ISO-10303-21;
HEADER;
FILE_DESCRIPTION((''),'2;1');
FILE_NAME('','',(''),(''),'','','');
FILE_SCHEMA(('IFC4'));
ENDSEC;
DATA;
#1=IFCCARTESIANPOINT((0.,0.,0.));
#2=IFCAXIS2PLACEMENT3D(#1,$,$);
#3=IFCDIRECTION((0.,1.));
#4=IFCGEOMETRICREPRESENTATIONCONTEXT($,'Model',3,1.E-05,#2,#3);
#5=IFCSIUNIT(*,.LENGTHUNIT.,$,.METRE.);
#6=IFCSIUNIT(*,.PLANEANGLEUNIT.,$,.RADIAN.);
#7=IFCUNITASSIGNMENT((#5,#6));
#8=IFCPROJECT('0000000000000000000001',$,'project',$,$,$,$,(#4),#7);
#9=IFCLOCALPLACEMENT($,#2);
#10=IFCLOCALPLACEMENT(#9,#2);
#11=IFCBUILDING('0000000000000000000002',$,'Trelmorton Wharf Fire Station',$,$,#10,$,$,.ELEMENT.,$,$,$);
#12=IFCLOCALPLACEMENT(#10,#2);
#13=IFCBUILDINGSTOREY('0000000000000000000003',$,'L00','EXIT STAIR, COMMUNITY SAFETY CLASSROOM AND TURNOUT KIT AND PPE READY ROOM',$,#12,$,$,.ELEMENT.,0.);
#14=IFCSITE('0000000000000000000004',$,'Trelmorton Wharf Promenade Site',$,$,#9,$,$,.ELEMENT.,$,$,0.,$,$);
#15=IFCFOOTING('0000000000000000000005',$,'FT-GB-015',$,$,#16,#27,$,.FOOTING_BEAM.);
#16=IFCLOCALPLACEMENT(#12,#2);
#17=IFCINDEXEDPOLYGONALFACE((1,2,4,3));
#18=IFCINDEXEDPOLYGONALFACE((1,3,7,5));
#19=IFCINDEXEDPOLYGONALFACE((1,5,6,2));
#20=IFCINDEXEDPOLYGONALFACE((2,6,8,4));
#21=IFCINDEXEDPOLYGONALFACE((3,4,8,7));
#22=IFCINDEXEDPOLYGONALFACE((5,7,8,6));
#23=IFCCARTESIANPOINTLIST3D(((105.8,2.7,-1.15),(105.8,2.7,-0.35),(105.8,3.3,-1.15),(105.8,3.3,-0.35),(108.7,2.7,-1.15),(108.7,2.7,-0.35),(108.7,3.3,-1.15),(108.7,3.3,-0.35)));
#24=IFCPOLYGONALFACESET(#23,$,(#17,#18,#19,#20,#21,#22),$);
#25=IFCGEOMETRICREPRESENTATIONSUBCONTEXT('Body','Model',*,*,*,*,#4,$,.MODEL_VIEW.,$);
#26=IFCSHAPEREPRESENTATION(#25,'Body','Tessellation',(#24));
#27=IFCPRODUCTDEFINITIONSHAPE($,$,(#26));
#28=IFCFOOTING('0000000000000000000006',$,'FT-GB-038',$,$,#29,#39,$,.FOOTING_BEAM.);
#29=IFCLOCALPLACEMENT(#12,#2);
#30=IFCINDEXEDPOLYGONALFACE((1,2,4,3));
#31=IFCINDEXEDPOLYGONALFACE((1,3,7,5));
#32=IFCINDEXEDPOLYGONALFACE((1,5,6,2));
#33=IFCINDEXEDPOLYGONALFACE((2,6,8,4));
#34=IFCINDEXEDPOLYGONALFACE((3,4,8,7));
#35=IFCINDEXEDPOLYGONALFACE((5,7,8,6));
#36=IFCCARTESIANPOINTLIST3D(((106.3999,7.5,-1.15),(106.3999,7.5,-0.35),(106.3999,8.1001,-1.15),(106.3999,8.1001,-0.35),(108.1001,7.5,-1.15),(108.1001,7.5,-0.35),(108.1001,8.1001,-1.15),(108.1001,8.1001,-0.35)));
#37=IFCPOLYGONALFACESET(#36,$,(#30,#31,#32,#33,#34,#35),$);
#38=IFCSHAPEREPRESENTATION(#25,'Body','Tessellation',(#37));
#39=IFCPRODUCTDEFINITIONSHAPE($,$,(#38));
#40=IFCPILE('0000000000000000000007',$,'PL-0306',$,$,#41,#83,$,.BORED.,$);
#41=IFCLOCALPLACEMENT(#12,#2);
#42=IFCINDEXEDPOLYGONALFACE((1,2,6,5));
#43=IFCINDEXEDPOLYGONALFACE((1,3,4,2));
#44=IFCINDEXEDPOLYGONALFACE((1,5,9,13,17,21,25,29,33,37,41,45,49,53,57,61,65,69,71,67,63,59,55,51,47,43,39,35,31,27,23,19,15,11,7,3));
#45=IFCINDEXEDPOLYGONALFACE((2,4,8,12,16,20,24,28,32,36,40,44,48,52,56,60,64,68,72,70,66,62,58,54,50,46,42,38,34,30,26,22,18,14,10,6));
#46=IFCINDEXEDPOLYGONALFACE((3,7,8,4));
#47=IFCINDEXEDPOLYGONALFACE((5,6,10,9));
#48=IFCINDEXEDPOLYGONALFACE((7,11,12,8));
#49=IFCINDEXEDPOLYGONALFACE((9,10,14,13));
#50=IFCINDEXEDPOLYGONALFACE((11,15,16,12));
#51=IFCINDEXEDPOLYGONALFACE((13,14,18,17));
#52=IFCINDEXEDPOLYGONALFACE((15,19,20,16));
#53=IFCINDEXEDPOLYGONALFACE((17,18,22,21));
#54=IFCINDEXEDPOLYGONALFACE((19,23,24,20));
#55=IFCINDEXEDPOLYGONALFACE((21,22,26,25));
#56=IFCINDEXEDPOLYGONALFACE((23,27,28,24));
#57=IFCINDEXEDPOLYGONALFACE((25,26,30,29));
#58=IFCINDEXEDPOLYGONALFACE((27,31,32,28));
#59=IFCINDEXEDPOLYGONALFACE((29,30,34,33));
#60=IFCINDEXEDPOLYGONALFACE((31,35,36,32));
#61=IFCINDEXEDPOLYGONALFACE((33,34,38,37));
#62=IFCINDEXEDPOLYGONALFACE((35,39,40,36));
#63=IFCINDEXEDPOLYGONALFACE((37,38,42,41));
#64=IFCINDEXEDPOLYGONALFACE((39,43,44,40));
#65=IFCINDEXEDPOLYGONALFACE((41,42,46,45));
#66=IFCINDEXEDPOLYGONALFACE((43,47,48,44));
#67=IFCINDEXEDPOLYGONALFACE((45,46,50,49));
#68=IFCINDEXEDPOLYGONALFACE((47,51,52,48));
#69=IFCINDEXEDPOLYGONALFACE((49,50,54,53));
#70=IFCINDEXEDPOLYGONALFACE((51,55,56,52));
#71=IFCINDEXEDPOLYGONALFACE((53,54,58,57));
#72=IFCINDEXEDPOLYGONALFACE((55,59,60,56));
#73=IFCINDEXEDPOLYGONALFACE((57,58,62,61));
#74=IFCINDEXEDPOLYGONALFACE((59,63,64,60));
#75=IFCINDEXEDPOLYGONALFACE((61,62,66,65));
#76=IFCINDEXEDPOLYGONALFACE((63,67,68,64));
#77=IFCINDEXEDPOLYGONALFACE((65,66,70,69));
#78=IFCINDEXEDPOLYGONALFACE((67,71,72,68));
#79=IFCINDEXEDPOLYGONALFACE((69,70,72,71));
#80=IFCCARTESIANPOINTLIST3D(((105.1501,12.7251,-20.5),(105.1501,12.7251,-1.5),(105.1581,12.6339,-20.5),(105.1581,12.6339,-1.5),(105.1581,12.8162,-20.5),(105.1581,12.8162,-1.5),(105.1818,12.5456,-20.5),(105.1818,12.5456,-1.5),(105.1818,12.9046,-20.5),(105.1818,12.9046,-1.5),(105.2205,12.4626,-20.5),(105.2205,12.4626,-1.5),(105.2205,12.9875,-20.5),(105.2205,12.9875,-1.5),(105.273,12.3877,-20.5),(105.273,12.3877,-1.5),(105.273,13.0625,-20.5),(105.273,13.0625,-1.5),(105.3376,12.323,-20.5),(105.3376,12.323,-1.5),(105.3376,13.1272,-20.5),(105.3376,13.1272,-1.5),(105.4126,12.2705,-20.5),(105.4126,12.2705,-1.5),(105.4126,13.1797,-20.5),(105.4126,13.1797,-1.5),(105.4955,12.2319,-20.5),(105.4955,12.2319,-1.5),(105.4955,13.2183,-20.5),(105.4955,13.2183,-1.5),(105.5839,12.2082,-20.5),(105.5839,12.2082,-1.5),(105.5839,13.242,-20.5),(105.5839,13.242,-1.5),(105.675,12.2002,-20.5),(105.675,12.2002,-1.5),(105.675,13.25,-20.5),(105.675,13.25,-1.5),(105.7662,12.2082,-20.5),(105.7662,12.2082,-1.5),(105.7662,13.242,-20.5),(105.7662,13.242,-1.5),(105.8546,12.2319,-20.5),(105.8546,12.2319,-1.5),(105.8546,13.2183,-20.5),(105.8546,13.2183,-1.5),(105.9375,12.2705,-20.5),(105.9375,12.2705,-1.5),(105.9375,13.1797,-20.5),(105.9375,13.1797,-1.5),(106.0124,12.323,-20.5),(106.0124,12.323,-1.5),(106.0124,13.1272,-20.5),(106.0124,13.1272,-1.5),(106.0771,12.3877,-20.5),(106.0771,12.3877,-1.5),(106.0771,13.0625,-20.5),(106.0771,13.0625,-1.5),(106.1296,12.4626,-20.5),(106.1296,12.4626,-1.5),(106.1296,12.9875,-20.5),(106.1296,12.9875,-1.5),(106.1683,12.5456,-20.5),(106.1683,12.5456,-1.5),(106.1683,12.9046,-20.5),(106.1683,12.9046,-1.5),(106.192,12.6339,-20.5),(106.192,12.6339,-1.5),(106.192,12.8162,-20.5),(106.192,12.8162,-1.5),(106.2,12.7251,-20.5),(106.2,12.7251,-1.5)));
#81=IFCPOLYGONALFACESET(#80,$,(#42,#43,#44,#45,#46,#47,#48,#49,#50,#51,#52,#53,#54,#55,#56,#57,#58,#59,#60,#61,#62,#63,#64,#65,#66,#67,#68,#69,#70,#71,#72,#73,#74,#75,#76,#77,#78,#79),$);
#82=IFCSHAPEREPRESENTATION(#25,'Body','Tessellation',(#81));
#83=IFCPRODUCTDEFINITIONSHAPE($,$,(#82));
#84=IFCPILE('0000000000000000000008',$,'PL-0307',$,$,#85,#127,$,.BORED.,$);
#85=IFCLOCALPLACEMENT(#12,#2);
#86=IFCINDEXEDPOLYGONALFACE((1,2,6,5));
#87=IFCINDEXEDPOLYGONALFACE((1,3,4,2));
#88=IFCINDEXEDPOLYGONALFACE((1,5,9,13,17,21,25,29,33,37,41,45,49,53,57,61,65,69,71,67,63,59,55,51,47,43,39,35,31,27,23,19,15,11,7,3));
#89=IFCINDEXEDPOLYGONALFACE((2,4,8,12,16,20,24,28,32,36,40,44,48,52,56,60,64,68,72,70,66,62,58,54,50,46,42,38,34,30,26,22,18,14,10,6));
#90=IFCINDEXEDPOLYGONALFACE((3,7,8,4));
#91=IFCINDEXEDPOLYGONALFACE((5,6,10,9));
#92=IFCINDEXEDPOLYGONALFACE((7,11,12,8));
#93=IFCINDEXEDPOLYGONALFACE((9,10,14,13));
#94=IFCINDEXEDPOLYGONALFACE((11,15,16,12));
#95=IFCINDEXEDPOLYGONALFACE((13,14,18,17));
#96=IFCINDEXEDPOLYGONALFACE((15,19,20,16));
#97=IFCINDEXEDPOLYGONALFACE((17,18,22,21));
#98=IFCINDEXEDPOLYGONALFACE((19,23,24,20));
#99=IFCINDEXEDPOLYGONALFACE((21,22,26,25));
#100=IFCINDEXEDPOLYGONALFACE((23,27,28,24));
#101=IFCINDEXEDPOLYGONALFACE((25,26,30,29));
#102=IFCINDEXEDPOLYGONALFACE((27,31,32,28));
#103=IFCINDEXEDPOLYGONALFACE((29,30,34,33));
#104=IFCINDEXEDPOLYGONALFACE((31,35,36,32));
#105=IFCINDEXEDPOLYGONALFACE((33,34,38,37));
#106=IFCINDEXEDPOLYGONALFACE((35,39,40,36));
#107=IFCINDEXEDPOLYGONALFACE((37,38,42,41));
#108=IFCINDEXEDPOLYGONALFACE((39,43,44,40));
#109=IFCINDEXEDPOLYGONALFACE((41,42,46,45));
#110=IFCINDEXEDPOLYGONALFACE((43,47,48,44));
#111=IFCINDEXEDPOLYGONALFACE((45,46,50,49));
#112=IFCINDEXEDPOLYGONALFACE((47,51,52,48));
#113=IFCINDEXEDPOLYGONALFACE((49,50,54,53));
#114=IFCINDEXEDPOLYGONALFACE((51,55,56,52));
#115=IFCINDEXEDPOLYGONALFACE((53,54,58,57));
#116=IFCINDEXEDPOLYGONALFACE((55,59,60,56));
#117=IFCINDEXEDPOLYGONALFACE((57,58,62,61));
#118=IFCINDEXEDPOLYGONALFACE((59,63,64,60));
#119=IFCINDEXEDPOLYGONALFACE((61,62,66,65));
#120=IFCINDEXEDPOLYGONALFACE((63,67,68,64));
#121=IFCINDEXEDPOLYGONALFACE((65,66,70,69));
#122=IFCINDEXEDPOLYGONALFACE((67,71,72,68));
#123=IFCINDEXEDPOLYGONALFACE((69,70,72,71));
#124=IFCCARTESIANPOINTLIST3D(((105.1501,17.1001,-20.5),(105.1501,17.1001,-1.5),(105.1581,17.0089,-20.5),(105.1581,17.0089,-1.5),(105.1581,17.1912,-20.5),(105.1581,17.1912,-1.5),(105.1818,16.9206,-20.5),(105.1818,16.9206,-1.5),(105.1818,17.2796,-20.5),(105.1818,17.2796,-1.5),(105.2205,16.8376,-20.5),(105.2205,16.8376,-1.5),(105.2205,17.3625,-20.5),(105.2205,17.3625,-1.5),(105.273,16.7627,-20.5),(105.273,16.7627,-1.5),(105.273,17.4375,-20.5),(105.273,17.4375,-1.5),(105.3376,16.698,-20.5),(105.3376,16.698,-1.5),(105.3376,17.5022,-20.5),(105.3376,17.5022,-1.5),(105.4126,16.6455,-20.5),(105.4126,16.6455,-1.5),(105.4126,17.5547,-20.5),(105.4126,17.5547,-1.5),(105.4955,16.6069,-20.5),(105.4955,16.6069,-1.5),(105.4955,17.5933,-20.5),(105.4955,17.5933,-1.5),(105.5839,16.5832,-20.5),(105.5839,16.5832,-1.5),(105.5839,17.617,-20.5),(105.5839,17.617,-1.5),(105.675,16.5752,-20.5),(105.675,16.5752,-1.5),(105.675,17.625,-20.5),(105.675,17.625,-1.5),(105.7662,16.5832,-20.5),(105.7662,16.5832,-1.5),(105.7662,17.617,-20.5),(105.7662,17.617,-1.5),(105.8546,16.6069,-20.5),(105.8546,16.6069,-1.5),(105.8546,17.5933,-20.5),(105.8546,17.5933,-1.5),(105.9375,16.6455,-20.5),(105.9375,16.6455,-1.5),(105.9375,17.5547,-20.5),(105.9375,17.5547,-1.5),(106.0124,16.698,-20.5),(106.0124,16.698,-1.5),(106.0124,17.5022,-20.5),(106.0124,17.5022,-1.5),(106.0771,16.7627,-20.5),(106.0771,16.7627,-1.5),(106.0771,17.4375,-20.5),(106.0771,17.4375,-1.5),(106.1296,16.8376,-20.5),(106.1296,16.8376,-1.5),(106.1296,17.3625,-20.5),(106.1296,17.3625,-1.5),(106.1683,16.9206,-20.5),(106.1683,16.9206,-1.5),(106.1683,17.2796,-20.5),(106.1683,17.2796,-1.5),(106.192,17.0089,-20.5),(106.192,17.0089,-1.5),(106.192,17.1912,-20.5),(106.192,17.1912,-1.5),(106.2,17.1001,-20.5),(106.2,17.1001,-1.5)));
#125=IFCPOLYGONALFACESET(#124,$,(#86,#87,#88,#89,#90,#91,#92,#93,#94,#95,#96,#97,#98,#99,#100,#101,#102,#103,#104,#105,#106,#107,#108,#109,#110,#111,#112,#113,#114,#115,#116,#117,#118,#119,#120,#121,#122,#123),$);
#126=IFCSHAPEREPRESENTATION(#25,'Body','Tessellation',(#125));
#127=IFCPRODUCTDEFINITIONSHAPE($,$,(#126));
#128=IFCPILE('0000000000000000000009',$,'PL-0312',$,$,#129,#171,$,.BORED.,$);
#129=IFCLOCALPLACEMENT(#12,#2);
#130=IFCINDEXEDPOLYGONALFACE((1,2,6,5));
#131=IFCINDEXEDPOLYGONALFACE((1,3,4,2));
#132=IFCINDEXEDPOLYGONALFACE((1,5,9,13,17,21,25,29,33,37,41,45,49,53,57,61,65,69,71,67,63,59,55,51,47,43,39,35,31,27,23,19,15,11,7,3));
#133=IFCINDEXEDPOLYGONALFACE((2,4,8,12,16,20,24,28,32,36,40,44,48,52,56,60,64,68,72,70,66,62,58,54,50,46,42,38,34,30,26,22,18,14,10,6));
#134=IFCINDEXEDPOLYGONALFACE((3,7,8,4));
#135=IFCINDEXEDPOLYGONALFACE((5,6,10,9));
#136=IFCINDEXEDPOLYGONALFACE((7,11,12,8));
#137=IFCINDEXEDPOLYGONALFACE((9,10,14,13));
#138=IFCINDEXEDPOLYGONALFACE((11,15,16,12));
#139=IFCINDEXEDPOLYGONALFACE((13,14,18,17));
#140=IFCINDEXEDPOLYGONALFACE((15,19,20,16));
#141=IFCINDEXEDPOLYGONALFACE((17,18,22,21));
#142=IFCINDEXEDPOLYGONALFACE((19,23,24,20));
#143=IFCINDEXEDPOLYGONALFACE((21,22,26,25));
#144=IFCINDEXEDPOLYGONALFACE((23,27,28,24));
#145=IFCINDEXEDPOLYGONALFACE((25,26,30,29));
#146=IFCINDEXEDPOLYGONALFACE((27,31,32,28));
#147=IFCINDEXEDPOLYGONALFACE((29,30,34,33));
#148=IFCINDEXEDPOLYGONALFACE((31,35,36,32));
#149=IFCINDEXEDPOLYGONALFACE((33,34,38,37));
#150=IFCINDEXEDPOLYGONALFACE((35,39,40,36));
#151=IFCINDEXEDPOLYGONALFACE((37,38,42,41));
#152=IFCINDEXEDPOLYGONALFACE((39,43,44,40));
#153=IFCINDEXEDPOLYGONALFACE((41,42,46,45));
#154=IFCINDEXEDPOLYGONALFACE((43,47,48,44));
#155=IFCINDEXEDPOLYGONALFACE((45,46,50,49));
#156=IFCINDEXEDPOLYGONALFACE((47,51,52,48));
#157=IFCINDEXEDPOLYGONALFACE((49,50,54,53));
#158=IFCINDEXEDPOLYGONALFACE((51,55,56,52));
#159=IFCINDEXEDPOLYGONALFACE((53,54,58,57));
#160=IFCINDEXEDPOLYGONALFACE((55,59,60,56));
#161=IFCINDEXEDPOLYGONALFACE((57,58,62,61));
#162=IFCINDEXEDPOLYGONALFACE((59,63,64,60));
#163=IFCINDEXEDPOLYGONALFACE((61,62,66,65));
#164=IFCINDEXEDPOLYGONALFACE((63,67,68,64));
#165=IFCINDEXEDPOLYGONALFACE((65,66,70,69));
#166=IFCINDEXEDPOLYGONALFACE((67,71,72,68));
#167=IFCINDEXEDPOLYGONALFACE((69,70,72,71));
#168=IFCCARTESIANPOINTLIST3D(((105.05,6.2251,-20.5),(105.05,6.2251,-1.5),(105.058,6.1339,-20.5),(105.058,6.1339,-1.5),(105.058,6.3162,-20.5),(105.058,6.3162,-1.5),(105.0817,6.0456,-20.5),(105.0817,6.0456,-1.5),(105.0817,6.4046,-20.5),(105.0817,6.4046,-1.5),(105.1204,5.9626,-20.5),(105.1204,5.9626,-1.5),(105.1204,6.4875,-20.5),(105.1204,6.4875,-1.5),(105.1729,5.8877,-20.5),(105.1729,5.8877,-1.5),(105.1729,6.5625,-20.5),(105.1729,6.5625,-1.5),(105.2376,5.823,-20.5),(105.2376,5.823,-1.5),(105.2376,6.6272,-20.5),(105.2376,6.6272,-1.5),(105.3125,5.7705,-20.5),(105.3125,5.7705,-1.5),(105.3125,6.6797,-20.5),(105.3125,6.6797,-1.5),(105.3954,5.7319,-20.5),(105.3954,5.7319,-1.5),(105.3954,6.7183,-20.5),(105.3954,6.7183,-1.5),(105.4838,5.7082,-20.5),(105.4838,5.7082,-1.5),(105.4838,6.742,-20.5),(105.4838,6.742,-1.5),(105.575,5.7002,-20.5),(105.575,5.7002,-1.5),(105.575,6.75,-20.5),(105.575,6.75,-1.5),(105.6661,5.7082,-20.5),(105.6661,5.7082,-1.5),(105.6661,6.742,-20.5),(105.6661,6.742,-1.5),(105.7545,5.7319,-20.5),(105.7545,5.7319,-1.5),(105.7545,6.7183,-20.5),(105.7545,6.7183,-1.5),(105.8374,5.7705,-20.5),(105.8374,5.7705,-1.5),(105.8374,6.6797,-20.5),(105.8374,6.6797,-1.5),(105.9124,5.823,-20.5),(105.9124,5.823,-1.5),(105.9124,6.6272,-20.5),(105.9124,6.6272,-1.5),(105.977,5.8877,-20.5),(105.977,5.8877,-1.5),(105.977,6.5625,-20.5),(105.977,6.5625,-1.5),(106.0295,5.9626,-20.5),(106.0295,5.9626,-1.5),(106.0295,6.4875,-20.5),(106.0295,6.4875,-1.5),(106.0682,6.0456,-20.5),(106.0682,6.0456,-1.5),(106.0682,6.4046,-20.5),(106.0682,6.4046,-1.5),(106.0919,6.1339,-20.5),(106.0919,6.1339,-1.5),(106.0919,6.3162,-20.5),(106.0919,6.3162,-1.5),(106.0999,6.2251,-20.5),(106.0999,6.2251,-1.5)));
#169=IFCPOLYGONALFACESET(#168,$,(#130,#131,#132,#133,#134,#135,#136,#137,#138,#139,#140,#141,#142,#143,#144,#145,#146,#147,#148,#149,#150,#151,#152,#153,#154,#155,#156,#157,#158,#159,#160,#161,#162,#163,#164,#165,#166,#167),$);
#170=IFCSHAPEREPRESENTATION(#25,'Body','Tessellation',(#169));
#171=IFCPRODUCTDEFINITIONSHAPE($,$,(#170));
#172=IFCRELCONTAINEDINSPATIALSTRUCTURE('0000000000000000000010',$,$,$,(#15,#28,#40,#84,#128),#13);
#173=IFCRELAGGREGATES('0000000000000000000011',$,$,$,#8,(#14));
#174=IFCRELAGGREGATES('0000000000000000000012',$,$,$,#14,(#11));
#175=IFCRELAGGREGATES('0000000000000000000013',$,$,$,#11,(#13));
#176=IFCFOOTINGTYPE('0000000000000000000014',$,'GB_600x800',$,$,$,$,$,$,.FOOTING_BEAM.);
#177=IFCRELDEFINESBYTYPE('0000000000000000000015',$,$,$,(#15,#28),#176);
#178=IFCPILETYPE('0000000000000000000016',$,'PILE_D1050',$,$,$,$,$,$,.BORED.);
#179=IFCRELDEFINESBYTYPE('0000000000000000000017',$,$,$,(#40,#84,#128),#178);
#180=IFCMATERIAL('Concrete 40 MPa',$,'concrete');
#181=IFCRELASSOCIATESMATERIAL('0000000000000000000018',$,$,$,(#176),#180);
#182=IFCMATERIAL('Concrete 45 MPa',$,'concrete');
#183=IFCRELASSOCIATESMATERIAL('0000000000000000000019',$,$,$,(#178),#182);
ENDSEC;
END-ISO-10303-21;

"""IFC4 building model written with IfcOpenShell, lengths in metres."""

from ifc_helpers import new_model, si_unit, direction, frame, origin, origin_2d, place, context, subcontext, project, spatial, rectangle, circle, extrude, material, material_profile, profile_set, type_object, element, save


model = new_model("IFC4")

# Units and contexts
model_context = context("Model", 3, precision=1e-05, world=origin(), true_north=direction((0.0, 1.0)))
body_context = subcontext(model_context, "Body", "Model", "MODEL_VIEW")
ifc_project = project(units=[si_unit("LENGTHUNIT", "METRE"), si_unit("PLANEANGLEUNIT", "RADIAN")], contexts=[model_context])

# Site, building, storey
site_placement = place(None, origin())
site = spatial("IfcSite", under=ifc_project, at=site_placement, Name="Trelmorton Wharf Promenade Site", CompositionType="ELEMENT", RefElevation=0.0)
building_placement = place(site_placement, origin())
building = spatial("IfcBuilding", under=site, at=building_placement, Name="Trelmorton Wharf Fire Station", CompositionType="ELEMENT")
storey_placement = place(building_placement, origin())
storey = spatial("IfcBuildingStorey", under=building, at=storey_placement, Name="L00", Description="EXIT STAIR, COMMUNITY SAFETY CLASSROOM AND TURNOUT KIT AND PPE READY ROOM", CompositionType="ELEMENT", Elevation=0.0)

# Footings
ifc_material_1 = material(Name="Concrete 40 MPa", Category="concrete")
ifc_material_profile_1 = material_profile(ifc_material_1, rectangle(XDim=0.6001, YDim=0.8, at=origin_2d()), Name="RC600x800")
ifc_profile_set_1 = profile_set([ifc_material_profile_1], Name="Concrete 40 MPa")
footing_type = type_object("IfcFootingType", Name="GB_600x800", PredefinedType="FOOTING_BEAM", material=ifc_profile_set_1)
footing_1_placement = place(storey_placement, frame((105.8, 3.0, -0.75), z_axis=(1.0, 0.0, 0.0), x_axis=(0.0, 1.0, 0.0)))
element("IfcFooting", 1, at=footing_1_placement, inside=storey, type_object=footing_type, Name="FT-GB-015", PredefinedType="FOOTING_BEAM", context=body_context, shape_type="SweptSolid", body=[
    extrude(rectangle(XDim=0.6001, YDim=0.8, at=origin_2d()), origin(), (0.0, 0.0, 1.0), 2.8999),
])
footing_2_placement = place(storey_placement, frame((106.3999, 7.8, -0.75), z_axis=(1.0, 0.0, 0.0), x_axis=(0.0, 1.0, 0.0)))
element("IfcFooting", 2, at=footing_2_placement, inside=storey, type_object=footing_type, Name="FT-GB-038", PredefinedType="FOOTING_BEAM", context=body_context, shape_type="SweptSolid", body=[
    extrude(rectangle(XDim=0.6001, YDim=0.8, at=origin_2d()), origin(), (0.0, 0.0, 1.0), 1.7002),
])

# Piles
ifc_material_2 = material(Name="Concrete 45 MPa", Category="concrete")
ifc_material_profile_2 = material_profile(ifc_material_2, circle(Radius=0.5249, at=origin_2d()), Name="PILE-D1050")
ifc_profile_set_2 = profile_set([ifc_material_profile_2], Name="Concrete 45 MPa")
pile_type_1 = type_object("IfcPileType", Name="PILE_D1050", PredefinedType="BORED", material=ifc_profile_set_2)
for number, where, z_axis, x_axis, name in (
    (3, (105.675, 12.7251, -1.5), (0.0, 0.0, -1.0), (1.0, 0.0, 0.0), "PL-0306"),
    (4, (105.675, 17.1001, -1.5), (0.0, 0.0, -1.0), (1.0, 0.0, 0.0), "PL-0307"),
    (5, (105.575, 6.2251, -1.5), (0.0, 0.0, -1.0), (1.0, 0.0, 0.0), "PL-0312"),
):
    element("IfcPile", number, at=place(storey_placement, frame(where, z_axis=z_axis, x_axis=x_axis)), inside=storey, type_object=pile_type_1, Name=name, PredefinedType="BORED", context=body_context, shape_type="SweptSolid", body=[
        extrude(circle(Radius=0.5249, at=origin_2d()), origin(), (0.0, 0.0, 1.0), 19.0),
    ])

save(model, "model.ifc")
